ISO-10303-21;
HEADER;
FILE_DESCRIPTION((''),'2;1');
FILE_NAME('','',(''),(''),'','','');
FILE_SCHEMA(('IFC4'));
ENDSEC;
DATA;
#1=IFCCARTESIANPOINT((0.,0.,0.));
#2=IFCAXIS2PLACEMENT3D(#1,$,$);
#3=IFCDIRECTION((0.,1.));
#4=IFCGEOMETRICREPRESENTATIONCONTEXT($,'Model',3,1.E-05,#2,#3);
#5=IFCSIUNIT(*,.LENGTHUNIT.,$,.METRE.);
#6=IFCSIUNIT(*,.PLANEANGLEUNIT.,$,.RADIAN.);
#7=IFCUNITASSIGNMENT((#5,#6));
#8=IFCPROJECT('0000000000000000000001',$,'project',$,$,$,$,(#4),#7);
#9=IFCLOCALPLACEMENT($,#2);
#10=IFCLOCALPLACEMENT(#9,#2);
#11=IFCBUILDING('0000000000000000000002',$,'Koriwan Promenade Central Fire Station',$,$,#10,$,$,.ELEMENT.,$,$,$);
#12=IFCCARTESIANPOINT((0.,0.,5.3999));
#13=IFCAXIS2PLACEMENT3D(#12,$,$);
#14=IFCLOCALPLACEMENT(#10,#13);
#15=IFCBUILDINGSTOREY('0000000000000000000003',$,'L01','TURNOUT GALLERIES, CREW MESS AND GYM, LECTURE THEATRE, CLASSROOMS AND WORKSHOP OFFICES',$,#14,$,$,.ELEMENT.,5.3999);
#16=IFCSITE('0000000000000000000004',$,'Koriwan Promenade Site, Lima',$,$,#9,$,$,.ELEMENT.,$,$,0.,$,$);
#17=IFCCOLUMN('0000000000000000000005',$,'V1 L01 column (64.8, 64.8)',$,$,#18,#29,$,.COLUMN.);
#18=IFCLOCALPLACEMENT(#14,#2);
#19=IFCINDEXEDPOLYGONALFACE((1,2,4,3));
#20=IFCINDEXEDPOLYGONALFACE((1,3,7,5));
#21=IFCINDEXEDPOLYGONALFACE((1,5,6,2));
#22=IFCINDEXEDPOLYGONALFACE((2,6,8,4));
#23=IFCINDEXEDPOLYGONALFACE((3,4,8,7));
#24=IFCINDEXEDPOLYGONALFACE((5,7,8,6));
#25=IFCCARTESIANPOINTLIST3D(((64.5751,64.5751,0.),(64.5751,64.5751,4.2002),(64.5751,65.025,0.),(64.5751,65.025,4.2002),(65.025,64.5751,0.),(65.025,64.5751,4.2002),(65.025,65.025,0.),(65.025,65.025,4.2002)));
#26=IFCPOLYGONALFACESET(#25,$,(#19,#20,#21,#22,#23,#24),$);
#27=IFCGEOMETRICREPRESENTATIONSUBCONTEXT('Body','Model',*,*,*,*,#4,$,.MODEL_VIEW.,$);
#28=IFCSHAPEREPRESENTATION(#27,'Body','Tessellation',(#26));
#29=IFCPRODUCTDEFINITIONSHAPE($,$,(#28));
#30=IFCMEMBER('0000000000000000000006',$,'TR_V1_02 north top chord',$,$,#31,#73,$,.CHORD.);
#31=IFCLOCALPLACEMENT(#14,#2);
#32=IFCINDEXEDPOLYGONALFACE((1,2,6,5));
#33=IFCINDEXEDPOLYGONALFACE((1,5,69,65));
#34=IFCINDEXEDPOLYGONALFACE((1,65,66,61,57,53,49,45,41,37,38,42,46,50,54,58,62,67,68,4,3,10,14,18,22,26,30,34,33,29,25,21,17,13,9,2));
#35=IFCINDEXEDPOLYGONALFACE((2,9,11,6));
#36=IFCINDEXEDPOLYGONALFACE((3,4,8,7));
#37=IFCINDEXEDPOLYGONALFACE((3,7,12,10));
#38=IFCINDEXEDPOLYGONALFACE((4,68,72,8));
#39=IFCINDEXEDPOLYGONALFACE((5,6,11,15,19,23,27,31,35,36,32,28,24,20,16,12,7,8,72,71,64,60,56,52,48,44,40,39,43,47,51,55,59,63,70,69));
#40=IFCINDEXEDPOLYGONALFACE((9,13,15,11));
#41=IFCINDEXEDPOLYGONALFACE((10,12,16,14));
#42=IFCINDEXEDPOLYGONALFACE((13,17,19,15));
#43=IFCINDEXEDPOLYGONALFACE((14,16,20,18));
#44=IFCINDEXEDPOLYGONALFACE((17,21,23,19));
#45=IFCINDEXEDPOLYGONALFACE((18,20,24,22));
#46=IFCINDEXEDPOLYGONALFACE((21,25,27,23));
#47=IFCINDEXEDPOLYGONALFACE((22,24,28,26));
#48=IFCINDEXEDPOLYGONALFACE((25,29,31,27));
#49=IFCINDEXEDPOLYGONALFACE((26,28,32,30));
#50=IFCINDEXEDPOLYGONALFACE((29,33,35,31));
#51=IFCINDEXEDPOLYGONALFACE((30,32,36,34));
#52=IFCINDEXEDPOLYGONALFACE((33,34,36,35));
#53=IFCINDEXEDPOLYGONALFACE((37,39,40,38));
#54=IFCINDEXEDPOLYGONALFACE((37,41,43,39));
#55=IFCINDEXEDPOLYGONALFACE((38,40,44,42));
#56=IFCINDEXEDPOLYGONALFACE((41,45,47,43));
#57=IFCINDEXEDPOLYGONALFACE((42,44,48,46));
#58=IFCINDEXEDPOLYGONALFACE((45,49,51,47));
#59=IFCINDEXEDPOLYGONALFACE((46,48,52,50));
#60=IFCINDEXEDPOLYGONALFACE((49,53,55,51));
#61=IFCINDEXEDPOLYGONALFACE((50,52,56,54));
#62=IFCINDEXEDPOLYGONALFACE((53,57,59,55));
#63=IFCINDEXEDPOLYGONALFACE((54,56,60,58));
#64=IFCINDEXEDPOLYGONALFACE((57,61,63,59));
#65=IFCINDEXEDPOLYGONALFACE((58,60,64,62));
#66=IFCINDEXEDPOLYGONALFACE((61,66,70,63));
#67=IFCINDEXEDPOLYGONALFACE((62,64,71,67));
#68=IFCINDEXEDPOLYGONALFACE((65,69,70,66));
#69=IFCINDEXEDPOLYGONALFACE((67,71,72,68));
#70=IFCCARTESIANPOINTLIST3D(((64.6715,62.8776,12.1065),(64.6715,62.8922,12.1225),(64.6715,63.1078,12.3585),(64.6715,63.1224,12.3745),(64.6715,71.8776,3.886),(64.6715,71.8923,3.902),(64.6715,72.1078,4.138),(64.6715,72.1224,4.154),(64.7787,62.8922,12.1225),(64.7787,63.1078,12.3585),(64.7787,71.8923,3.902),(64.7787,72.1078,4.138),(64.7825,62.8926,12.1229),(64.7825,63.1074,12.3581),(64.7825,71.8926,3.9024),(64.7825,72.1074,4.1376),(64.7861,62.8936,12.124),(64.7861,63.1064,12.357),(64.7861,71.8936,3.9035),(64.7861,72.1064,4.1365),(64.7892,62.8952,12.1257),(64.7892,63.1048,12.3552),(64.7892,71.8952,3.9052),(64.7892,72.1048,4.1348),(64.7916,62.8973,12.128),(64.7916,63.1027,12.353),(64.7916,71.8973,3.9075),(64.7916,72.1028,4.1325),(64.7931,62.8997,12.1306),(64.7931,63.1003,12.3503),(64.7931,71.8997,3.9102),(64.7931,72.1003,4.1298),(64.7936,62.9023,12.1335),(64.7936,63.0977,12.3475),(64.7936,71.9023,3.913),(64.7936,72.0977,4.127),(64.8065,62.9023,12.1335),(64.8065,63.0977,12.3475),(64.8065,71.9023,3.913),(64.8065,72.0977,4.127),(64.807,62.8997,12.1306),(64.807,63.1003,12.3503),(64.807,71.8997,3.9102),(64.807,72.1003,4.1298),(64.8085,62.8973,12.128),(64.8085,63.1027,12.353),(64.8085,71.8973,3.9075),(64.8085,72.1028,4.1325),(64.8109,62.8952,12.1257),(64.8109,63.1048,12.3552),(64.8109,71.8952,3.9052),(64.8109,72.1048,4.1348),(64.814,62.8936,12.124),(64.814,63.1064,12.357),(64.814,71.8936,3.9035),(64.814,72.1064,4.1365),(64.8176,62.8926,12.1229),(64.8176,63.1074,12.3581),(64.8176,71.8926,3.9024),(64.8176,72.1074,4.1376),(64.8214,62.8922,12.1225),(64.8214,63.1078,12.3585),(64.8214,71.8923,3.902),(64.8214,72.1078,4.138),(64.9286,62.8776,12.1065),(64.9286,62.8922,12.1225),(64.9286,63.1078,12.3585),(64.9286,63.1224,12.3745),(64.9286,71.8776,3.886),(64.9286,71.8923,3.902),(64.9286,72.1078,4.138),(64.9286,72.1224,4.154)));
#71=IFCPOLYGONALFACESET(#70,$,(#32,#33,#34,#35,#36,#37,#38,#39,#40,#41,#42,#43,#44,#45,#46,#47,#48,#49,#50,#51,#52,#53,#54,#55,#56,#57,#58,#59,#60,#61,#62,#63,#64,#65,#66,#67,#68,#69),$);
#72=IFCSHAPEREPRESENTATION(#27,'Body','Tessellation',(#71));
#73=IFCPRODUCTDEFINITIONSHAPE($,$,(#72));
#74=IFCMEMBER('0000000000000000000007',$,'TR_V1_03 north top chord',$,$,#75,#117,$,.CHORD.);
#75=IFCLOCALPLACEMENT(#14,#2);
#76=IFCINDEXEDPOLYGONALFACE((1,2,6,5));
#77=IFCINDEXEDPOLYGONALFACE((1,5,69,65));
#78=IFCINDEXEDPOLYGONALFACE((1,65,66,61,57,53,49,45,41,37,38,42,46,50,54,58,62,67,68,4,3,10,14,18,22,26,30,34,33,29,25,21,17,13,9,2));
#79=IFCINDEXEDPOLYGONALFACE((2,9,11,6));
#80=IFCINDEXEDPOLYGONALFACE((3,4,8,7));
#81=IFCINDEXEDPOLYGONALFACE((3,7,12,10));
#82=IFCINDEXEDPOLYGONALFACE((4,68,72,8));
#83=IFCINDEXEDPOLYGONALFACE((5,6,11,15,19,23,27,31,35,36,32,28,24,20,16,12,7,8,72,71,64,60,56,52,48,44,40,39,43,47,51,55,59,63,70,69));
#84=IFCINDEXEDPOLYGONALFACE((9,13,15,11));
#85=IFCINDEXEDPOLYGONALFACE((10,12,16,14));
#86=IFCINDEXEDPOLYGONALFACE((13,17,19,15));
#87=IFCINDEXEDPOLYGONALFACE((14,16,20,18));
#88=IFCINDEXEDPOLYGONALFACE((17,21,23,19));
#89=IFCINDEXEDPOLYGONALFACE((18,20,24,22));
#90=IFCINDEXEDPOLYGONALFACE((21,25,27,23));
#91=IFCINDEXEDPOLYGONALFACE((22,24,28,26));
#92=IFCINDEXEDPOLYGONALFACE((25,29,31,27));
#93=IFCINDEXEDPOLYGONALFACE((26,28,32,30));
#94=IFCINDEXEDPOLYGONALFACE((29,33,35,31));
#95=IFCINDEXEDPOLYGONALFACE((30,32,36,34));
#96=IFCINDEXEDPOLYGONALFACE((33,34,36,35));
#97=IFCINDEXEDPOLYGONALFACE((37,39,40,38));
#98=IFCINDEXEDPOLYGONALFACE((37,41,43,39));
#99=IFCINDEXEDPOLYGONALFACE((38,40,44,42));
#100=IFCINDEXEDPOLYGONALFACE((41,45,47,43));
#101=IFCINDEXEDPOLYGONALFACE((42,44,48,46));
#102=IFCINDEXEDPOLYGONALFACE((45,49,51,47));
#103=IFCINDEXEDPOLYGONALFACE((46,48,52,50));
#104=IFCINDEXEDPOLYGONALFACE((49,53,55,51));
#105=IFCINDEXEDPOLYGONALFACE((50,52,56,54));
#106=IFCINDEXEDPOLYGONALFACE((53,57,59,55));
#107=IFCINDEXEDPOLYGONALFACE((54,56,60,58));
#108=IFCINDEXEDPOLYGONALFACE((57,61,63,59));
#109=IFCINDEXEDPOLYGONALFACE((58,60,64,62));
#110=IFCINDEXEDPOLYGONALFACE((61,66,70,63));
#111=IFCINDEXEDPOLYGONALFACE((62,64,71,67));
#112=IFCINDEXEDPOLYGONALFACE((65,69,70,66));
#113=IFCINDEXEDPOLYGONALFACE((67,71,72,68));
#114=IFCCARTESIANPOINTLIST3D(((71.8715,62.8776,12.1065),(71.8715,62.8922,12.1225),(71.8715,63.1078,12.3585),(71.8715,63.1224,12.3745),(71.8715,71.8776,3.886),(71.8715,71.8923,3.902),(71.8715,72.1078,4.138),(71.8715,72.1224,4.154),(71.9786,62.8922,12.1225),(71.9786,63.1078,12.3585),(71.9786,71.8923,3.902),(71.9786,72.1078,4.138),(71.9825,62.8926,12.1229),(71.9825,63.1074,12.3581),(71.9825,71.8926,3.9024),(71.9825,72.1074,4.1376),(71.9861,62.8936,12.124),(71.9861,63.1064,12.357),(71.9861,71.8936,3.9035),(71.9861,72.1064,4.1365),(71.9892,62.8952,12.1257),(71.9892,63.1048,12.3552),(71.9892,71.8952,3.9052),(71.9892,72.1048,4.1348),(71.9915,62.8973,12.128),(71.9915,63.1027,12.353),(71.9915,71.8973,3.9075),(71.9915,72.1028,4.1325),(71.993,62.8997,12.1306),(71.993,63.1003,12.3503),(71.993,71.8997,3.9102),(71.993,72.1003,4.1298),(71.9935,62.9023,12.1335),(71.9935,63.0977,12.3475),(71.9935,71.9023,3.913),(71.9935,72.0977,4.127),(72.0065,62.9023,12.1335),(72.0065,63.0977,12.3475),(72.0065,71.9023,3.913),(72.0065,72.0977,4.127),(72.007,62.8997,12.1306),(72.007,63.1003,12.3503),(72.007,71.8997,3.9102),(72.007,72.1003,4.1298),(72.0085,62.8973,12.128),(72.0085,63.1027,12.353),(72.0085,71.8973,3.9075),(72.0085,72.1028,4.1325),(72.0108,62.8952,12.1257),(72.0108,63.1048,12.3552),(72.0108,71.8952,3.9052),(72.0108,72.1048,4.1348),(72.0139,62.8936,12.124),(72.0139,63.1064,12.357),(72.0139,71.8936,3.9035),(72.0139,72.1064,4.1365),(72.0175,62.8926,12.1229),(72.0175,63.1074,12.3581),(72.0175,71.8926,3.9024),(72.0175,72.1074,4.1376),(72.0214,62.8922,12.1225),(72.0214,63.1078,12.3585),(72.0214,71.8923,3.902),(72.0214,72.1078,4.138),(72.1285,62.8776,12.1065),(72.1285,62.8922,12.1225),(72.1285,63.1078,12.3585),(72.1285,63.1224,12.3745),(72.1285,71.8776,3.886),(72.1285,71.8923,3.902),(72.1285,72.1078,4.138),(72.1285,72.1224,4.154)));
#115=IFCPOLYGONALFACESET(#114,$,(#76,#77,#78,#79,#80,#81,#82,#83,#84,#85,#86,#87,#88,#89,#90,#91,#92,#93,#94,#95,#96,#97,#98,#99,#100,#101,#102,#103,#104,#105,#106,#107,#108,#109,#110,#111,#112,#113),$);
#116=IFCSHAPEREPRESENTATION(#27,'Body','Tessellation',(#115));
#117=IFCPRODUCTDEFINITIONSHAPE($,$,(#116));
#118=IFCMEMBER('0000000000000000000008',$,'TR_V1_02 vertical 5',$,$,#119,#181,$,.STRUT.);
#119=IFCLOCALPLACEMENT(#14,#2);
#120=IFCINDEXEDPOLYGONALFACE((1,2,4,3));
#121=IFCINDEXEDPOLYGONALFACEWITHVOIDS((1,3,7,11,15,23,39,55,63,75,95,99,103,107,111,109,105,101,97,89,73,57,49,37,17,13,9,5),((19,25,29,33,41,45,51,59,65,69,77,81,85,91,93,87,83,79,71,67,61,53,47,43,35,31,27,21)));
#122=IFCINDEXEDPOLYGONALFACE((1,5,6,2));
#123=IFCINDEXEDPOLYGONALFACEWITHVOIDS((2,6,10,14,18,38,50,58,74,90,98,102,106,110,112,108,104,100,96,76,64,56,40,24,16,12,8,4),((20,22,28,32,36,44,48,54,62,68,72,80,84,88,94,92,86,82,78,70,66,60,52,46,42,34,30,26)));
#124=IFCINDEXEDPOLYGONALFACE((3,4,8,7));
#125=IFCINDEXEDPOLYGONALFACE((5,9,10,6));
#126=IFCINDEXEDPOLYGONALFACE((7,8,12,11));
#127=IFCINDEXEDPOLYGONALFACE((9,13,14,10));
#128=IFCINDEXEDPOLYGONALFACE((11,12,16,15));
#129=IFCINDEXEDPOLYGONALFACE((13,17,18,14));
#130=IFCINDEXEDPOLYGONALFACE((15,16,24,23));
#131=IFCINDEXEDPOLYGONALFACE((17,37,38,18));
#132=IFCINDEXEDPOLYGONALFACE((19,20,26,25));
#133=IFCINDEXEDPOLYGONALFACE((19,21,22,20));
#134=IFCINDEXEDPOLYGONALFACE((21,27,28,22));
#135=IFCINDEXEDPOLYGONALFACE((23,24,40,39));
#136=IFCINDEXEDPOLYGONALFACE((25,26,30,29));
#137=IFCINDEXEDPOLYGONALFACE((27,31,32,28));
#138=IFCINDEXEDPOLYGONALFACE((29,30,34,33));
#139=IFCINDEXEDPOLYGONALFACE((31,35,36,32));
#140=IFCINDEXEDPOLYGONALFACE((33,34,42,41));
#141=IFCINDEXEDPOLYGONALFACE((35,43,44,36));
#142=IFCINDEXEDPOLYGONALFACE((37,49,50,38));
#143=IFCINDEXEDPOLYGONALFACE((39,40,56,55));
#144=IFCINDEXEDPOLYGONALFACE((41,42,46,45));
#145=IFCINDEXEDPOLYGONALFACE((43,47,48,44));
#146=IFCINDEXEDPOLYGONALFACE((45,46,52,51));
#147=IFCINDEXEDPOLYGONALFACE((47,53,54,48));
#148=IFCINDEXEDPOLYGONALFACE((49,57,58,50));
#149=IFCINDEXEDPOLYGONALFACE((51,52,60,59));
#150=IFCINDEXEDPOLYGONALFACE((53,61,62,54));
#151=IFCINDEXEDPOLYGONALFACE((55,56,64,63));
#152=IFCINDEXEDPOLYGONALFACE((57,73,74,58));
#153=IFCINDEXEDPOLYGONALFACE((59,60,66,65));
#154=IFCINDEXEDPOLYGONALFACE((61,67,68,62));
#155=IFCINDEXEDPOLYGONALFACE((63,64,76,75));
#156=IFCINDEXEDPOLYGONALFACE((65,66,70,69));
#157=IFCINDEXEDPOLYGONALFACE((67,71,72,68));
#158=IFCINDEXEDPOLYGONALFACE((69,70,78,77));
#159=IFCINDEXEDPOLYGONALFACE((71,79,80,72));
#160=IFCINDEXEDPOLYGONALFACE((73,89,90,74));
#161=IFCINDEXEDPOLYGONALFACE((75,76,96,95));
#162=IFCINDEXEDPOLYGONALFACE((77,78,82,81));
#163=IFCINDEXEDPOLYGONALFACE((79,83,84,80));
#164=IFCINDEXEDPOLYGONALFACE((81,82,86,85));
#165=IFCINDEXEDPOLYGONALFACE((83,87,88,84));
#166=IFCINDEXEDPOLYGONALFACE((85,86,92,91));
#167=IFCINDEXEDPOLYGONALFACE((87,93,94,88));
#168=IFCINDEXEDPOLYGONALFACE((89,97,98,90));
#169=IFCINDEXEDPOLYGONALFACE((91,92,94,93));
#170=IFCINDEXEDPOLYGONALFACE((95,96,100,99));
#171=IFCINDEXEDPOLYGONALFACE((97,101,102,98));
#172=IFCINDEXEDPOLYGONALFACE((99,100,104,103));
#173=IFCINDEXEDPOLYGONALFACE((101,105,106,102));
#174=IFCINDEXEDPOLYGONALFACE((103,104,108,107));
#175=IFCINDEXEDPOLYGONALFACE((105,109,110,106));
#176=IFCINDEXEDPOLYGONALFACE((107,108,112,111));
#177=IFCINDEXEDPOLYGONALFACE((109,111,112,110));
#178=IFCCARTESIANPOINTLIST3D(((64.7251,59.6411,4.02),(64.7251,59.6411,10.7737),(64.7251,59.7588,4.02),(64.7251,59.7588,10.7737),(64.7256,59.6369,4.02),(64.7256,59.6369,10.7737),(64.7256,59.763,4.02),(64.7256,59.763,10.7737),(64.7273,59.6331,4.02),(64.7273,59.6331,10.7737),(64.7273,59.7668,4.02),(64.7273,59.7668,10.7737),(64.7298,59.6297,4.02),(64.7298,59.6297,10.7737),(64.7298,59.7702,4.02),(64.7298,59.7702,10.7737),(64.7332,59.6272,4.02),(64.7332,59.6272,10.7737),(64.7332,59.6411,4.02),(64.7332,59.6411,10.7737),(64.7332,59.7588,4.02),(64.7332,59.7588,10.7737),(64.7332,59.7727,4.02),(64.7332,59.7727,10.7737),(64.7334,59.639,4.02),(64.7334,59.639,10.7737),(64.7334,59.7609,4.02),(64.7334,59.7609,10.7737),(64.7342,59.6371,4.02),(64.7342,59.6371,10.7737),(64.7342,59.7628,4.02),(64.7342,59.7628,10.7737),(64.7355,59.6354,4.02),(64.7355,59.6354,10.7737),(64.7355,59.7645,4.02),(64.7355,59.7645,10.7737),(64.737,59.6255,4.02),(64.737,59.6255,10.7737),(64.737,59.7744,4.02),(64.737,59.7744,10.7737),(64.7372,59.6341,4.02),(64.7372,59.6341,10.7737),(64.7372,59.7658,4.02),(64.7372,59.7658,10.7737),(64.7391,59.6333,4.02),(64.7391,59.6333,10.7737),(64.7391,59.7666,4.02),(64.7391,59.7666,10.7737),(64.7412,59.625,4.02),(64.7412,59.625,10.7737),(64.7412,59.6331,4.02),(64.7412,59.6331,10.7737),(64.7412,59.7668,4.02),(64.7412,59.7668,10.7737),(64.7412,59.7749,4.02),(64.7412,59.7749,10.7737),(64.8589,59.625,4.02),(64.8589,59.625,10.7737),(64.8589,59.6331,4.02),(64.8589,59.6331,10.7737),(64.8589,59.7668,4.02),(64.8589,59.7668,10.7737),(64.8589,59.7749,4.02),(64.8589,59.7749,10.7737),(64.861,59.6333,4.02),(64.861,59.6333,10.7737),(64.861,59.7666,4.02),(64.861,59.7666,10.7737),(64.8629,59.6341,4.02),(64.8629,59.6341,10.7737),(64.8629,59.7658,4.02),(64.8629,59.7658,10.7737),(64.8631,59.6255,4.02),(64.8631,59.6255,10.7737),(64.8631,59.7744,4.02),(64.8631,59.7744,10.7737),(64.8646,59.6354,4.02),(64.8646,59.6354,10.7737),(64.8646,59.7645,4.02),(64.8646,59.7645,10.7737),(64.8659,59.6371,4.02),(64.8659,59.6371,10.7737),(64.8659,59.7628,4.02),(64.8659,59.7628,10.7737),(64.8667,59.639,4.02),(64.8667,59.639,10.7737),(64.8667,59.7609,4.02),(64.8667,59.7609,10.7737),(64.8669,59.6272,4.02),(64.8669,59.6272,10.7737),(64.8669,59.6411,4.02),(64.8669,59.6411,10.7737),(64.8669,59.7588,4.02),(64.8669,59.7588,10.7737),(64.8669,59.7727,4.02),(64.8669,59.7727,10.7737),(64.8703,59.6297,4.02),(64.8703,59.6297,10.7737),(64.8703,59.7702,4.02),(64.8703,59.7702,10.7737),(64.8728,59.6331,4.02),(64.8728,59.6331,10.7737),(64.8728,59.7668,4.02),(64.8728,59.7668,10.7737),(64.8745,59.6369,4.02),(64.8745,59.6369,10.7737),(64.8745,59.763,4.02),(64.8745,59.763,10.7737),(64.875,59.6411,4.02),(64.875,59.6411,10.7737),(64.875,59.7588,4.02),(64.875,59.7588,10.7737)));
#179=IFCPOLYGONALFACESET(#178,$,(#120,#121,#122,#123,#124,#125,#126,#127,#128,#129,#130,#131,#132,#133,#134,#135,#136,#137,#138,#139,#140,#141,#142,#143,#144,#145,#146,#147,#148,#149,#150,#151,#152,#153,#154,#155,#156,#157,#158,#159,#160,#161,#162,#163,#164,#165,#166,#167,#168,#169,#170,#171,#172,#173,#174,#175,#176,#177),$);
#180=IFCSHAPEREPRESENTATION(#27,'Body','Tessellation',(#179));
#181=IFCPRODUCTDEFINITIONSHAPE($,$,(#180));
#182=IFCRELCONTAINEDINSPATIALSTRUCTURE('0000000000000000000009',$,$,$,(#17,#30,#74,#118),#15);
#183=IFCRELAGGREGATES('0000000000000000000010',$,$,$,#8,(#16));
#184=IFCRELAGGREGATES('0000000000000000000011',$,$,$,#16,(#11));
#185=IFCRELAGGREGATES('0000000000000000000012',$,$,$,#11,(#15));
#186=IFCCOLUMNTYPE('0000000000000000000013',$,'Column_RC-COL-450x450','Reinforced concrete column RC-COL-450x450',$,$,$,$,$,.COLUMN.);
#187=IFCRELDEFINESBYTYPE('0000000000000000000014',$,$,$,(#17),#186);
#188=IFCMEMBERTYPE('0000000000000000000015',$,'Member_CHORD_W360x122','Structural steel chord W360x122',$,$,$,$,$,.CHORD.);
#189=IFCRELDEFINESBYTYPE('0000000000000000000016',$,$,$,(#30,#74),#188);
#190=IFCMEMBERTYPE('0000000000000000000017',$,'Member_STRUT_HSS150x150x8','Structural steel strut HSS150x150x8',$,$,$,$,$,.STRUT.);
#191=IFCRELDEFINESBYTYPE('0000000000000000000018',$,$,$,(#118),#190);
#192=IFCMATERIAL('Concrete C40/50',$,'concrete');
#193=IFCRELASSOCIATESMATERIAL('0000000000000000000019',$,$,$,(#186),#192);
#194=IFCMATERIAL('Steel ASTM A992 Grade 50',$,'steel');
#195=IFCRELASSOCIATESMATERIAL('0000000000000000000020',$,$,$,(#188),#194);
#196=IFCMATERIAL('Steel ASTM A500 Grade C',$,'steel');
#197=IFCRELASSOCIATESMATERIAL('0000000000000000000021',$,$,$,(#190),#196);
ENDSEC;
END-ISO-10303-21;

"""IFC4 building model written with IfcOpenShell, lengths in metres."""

from ifc_helpers import new_model, si_unit, direction, frame, origin, origin_2d, place, context, subcontext, project, spatial, rectangle, hollow_rectangle, i_section, extrude, material, material_profile, profile_set, type_object, element, save


model = new_model("IFC4")

# Units and contexts
model_context = context("Model", 3, precision=1e-05, world=origin(), true_north=direction((0.0, 1.0)))
body_context = subcontext(model_context, "Body", "Model", "MODEL_VIEW")
ifc_project = project(units=[si_unit("LENGTHUNIT", "METRE"), si_unit("PLANEANGLEUNIT", "RADIAN")], contexts=[model_context])

# Site, building, storey
site_placement = place(None, origin())
site = spatial("IfcSite", under=ifc_project, at=site_placement, Name="Koriwan Promenade Site, Lima", CompositionType="ELEMENT", RefElevation=0.0)
building_placement = place(site_placement, origin())
building = spatial("IfcBuilding", under=site, at=building_placement, Name="Koriwan Promenade Central Fire Station", CompositionType="ELEMENT")
storey_placement = place(building_placement, frame((0.0, 0.0, 5.3999)))
storey = spatial("IfcBuildingStorey", under=building, at=storey_placement, Name="L01", Description="TURNOUT GALLERIES, CREW MESS AND GYM, LECTURE THEATRE, CLASSROOMS AND WORKSHOP OFFICES", CompositionType="ELEMENT", Elevation=5.3999)

# Column
ifc_material_1 = material(Name="Concrete C40/50", Category="concrete")
ifc_material_profile_1 = material_profile(ifc_material_1, rectangle(XDim=0.45, YDim=0.45, at=origin_2d()), Name="RC-COL-450x450")
ifc_profile_set_1 = profile_set([ifc_material_profile_1], Name="Concrete C40/50")
column_type = type_object("IfcColumnType", Name="Column_RC-COL-450x450", Description="Reinforced concrete column RC-COL-450x450", PredefinedType="COLUMN", material=ifc_profile_set_1)
column_placement = place(storey_placement, frame((64.8, 64.8, 0.0), z_axis=(0.0, 0.0, 1.0), x_axis=(1.0, 0.0, 0.0)))
element("IfcColumn", 1, at=column_placement, inside=storey, type_object=column_type, Name="V1 L01 column (64.8, 64.8)", PredefinedType="COLUMN", context=body_context, shape_type="SweptSolid", body=[
    extrude(rectangle(XDim=0.45, YDim=0.45, at=origin_2d()), origin(), (0.0, 0.0, 1.0), 4.2002),
])

# Members
ifc_material_2 = material(Name="Steel ASTM A992 Grade 50", Category="steel")
ifc_material_profile_2 = material_profile(ifc_material_2, i_section(OverallWidth=0.2571, OverallDepth=0.363, WebThickness=0.0129, FlangeThickness=0.0217, FilletRadius=0.0149, at=origin_2d()), Name="W360x122")
ifc_profile_set_2 = profile_set([ifc_material_profile_2], Name="Steel ASTM A992 Grade 50")
member_type_1 = type_object("IfcMemberType", Name="Member_CHORD_W360x122", Description="Structural steel chord W360x122", PredefinedType="CHORD", material=ifc_profile_set_2)
for number, where, z_axis, x_axis, name in (
    (2, (64.8, 63.0, 12.2405), (0.0, 0.73836, -0.674407), (-1.0, 0.0, 0.0), "TR_V1_02 north top chord"),
    (3, (72.0, 63.0, 12.2405), (0.0, 0.73836, -0.674407), (-1.0, 0.0, 0.0), "TR_V1_03 north top chord"),
):
    element("IfcMember", number, at=place(storey_placement, frame(where, z_axis=z_axis, x_axis=x_axis)), inside=storey, type_object=member_type_1, Name=name, PredefinedType="CHORD", context=body_context, shape_type="SweptSolid", body=[
        extrude(i_section(OverallWidth=0.2571, OverallDepth=0.363, WebThickness=0.0129, FlangeThickness=0.0217, FilletRadius=0.0149, at=origin_2d()), origin(), (0.0, 0.0, 1.0), 12.1892),
    ])
ifc_material_3 = material(Name="Steel ASTM A500 Grade C", Category="steel")
ifc_material_profile_3 = material_profile(ifc_material_3, hollow_rectangle(XDim=0.1499, YDim=0.1499, WallThickness=0.0081, InnerFilletRadius=0.0081, OuterFilletRadius=0.0161, at=origin_2d()), Name="HSS150x150x8")
ifc_profile_set_3 = profile_set([ifc_material_profile_3], Name="Steel ASTM A500 Grade C")
member_type_2 = type_object("IfcMemberType", Name="Member_STRUT_HSS150x150x8", Description="Structural steel strut HSS150x150x8", PredefinedType="STRUT", material=ifc_profile_set_3)
member_1_placement = place(storey_placement, frame((64.8, 59.7, 4.02), z_axis=(0.0, 0.0, 1.0), x_axis=(1.0, 0.0, 0.0)))
element("IfcMember", 4, at=member_1_placement, inside=storey, type_object=member_type_2, Name="TR_V1_02 vertical 5", PredefinedType="STRUT", context=body_context, shape_type="SweptSolid", body=[
    extrude(hollow_rectangle(XDim=0.1499, YDim=0.1499, WallThickness=0.0081, InnerFilletRadius=0.0081, OuterFilletRadius=0.0161, at=origin_2d()), origin(), (0.0, 0.0, 1.0), 6.7537),
])

save(model, "model.ifc")
